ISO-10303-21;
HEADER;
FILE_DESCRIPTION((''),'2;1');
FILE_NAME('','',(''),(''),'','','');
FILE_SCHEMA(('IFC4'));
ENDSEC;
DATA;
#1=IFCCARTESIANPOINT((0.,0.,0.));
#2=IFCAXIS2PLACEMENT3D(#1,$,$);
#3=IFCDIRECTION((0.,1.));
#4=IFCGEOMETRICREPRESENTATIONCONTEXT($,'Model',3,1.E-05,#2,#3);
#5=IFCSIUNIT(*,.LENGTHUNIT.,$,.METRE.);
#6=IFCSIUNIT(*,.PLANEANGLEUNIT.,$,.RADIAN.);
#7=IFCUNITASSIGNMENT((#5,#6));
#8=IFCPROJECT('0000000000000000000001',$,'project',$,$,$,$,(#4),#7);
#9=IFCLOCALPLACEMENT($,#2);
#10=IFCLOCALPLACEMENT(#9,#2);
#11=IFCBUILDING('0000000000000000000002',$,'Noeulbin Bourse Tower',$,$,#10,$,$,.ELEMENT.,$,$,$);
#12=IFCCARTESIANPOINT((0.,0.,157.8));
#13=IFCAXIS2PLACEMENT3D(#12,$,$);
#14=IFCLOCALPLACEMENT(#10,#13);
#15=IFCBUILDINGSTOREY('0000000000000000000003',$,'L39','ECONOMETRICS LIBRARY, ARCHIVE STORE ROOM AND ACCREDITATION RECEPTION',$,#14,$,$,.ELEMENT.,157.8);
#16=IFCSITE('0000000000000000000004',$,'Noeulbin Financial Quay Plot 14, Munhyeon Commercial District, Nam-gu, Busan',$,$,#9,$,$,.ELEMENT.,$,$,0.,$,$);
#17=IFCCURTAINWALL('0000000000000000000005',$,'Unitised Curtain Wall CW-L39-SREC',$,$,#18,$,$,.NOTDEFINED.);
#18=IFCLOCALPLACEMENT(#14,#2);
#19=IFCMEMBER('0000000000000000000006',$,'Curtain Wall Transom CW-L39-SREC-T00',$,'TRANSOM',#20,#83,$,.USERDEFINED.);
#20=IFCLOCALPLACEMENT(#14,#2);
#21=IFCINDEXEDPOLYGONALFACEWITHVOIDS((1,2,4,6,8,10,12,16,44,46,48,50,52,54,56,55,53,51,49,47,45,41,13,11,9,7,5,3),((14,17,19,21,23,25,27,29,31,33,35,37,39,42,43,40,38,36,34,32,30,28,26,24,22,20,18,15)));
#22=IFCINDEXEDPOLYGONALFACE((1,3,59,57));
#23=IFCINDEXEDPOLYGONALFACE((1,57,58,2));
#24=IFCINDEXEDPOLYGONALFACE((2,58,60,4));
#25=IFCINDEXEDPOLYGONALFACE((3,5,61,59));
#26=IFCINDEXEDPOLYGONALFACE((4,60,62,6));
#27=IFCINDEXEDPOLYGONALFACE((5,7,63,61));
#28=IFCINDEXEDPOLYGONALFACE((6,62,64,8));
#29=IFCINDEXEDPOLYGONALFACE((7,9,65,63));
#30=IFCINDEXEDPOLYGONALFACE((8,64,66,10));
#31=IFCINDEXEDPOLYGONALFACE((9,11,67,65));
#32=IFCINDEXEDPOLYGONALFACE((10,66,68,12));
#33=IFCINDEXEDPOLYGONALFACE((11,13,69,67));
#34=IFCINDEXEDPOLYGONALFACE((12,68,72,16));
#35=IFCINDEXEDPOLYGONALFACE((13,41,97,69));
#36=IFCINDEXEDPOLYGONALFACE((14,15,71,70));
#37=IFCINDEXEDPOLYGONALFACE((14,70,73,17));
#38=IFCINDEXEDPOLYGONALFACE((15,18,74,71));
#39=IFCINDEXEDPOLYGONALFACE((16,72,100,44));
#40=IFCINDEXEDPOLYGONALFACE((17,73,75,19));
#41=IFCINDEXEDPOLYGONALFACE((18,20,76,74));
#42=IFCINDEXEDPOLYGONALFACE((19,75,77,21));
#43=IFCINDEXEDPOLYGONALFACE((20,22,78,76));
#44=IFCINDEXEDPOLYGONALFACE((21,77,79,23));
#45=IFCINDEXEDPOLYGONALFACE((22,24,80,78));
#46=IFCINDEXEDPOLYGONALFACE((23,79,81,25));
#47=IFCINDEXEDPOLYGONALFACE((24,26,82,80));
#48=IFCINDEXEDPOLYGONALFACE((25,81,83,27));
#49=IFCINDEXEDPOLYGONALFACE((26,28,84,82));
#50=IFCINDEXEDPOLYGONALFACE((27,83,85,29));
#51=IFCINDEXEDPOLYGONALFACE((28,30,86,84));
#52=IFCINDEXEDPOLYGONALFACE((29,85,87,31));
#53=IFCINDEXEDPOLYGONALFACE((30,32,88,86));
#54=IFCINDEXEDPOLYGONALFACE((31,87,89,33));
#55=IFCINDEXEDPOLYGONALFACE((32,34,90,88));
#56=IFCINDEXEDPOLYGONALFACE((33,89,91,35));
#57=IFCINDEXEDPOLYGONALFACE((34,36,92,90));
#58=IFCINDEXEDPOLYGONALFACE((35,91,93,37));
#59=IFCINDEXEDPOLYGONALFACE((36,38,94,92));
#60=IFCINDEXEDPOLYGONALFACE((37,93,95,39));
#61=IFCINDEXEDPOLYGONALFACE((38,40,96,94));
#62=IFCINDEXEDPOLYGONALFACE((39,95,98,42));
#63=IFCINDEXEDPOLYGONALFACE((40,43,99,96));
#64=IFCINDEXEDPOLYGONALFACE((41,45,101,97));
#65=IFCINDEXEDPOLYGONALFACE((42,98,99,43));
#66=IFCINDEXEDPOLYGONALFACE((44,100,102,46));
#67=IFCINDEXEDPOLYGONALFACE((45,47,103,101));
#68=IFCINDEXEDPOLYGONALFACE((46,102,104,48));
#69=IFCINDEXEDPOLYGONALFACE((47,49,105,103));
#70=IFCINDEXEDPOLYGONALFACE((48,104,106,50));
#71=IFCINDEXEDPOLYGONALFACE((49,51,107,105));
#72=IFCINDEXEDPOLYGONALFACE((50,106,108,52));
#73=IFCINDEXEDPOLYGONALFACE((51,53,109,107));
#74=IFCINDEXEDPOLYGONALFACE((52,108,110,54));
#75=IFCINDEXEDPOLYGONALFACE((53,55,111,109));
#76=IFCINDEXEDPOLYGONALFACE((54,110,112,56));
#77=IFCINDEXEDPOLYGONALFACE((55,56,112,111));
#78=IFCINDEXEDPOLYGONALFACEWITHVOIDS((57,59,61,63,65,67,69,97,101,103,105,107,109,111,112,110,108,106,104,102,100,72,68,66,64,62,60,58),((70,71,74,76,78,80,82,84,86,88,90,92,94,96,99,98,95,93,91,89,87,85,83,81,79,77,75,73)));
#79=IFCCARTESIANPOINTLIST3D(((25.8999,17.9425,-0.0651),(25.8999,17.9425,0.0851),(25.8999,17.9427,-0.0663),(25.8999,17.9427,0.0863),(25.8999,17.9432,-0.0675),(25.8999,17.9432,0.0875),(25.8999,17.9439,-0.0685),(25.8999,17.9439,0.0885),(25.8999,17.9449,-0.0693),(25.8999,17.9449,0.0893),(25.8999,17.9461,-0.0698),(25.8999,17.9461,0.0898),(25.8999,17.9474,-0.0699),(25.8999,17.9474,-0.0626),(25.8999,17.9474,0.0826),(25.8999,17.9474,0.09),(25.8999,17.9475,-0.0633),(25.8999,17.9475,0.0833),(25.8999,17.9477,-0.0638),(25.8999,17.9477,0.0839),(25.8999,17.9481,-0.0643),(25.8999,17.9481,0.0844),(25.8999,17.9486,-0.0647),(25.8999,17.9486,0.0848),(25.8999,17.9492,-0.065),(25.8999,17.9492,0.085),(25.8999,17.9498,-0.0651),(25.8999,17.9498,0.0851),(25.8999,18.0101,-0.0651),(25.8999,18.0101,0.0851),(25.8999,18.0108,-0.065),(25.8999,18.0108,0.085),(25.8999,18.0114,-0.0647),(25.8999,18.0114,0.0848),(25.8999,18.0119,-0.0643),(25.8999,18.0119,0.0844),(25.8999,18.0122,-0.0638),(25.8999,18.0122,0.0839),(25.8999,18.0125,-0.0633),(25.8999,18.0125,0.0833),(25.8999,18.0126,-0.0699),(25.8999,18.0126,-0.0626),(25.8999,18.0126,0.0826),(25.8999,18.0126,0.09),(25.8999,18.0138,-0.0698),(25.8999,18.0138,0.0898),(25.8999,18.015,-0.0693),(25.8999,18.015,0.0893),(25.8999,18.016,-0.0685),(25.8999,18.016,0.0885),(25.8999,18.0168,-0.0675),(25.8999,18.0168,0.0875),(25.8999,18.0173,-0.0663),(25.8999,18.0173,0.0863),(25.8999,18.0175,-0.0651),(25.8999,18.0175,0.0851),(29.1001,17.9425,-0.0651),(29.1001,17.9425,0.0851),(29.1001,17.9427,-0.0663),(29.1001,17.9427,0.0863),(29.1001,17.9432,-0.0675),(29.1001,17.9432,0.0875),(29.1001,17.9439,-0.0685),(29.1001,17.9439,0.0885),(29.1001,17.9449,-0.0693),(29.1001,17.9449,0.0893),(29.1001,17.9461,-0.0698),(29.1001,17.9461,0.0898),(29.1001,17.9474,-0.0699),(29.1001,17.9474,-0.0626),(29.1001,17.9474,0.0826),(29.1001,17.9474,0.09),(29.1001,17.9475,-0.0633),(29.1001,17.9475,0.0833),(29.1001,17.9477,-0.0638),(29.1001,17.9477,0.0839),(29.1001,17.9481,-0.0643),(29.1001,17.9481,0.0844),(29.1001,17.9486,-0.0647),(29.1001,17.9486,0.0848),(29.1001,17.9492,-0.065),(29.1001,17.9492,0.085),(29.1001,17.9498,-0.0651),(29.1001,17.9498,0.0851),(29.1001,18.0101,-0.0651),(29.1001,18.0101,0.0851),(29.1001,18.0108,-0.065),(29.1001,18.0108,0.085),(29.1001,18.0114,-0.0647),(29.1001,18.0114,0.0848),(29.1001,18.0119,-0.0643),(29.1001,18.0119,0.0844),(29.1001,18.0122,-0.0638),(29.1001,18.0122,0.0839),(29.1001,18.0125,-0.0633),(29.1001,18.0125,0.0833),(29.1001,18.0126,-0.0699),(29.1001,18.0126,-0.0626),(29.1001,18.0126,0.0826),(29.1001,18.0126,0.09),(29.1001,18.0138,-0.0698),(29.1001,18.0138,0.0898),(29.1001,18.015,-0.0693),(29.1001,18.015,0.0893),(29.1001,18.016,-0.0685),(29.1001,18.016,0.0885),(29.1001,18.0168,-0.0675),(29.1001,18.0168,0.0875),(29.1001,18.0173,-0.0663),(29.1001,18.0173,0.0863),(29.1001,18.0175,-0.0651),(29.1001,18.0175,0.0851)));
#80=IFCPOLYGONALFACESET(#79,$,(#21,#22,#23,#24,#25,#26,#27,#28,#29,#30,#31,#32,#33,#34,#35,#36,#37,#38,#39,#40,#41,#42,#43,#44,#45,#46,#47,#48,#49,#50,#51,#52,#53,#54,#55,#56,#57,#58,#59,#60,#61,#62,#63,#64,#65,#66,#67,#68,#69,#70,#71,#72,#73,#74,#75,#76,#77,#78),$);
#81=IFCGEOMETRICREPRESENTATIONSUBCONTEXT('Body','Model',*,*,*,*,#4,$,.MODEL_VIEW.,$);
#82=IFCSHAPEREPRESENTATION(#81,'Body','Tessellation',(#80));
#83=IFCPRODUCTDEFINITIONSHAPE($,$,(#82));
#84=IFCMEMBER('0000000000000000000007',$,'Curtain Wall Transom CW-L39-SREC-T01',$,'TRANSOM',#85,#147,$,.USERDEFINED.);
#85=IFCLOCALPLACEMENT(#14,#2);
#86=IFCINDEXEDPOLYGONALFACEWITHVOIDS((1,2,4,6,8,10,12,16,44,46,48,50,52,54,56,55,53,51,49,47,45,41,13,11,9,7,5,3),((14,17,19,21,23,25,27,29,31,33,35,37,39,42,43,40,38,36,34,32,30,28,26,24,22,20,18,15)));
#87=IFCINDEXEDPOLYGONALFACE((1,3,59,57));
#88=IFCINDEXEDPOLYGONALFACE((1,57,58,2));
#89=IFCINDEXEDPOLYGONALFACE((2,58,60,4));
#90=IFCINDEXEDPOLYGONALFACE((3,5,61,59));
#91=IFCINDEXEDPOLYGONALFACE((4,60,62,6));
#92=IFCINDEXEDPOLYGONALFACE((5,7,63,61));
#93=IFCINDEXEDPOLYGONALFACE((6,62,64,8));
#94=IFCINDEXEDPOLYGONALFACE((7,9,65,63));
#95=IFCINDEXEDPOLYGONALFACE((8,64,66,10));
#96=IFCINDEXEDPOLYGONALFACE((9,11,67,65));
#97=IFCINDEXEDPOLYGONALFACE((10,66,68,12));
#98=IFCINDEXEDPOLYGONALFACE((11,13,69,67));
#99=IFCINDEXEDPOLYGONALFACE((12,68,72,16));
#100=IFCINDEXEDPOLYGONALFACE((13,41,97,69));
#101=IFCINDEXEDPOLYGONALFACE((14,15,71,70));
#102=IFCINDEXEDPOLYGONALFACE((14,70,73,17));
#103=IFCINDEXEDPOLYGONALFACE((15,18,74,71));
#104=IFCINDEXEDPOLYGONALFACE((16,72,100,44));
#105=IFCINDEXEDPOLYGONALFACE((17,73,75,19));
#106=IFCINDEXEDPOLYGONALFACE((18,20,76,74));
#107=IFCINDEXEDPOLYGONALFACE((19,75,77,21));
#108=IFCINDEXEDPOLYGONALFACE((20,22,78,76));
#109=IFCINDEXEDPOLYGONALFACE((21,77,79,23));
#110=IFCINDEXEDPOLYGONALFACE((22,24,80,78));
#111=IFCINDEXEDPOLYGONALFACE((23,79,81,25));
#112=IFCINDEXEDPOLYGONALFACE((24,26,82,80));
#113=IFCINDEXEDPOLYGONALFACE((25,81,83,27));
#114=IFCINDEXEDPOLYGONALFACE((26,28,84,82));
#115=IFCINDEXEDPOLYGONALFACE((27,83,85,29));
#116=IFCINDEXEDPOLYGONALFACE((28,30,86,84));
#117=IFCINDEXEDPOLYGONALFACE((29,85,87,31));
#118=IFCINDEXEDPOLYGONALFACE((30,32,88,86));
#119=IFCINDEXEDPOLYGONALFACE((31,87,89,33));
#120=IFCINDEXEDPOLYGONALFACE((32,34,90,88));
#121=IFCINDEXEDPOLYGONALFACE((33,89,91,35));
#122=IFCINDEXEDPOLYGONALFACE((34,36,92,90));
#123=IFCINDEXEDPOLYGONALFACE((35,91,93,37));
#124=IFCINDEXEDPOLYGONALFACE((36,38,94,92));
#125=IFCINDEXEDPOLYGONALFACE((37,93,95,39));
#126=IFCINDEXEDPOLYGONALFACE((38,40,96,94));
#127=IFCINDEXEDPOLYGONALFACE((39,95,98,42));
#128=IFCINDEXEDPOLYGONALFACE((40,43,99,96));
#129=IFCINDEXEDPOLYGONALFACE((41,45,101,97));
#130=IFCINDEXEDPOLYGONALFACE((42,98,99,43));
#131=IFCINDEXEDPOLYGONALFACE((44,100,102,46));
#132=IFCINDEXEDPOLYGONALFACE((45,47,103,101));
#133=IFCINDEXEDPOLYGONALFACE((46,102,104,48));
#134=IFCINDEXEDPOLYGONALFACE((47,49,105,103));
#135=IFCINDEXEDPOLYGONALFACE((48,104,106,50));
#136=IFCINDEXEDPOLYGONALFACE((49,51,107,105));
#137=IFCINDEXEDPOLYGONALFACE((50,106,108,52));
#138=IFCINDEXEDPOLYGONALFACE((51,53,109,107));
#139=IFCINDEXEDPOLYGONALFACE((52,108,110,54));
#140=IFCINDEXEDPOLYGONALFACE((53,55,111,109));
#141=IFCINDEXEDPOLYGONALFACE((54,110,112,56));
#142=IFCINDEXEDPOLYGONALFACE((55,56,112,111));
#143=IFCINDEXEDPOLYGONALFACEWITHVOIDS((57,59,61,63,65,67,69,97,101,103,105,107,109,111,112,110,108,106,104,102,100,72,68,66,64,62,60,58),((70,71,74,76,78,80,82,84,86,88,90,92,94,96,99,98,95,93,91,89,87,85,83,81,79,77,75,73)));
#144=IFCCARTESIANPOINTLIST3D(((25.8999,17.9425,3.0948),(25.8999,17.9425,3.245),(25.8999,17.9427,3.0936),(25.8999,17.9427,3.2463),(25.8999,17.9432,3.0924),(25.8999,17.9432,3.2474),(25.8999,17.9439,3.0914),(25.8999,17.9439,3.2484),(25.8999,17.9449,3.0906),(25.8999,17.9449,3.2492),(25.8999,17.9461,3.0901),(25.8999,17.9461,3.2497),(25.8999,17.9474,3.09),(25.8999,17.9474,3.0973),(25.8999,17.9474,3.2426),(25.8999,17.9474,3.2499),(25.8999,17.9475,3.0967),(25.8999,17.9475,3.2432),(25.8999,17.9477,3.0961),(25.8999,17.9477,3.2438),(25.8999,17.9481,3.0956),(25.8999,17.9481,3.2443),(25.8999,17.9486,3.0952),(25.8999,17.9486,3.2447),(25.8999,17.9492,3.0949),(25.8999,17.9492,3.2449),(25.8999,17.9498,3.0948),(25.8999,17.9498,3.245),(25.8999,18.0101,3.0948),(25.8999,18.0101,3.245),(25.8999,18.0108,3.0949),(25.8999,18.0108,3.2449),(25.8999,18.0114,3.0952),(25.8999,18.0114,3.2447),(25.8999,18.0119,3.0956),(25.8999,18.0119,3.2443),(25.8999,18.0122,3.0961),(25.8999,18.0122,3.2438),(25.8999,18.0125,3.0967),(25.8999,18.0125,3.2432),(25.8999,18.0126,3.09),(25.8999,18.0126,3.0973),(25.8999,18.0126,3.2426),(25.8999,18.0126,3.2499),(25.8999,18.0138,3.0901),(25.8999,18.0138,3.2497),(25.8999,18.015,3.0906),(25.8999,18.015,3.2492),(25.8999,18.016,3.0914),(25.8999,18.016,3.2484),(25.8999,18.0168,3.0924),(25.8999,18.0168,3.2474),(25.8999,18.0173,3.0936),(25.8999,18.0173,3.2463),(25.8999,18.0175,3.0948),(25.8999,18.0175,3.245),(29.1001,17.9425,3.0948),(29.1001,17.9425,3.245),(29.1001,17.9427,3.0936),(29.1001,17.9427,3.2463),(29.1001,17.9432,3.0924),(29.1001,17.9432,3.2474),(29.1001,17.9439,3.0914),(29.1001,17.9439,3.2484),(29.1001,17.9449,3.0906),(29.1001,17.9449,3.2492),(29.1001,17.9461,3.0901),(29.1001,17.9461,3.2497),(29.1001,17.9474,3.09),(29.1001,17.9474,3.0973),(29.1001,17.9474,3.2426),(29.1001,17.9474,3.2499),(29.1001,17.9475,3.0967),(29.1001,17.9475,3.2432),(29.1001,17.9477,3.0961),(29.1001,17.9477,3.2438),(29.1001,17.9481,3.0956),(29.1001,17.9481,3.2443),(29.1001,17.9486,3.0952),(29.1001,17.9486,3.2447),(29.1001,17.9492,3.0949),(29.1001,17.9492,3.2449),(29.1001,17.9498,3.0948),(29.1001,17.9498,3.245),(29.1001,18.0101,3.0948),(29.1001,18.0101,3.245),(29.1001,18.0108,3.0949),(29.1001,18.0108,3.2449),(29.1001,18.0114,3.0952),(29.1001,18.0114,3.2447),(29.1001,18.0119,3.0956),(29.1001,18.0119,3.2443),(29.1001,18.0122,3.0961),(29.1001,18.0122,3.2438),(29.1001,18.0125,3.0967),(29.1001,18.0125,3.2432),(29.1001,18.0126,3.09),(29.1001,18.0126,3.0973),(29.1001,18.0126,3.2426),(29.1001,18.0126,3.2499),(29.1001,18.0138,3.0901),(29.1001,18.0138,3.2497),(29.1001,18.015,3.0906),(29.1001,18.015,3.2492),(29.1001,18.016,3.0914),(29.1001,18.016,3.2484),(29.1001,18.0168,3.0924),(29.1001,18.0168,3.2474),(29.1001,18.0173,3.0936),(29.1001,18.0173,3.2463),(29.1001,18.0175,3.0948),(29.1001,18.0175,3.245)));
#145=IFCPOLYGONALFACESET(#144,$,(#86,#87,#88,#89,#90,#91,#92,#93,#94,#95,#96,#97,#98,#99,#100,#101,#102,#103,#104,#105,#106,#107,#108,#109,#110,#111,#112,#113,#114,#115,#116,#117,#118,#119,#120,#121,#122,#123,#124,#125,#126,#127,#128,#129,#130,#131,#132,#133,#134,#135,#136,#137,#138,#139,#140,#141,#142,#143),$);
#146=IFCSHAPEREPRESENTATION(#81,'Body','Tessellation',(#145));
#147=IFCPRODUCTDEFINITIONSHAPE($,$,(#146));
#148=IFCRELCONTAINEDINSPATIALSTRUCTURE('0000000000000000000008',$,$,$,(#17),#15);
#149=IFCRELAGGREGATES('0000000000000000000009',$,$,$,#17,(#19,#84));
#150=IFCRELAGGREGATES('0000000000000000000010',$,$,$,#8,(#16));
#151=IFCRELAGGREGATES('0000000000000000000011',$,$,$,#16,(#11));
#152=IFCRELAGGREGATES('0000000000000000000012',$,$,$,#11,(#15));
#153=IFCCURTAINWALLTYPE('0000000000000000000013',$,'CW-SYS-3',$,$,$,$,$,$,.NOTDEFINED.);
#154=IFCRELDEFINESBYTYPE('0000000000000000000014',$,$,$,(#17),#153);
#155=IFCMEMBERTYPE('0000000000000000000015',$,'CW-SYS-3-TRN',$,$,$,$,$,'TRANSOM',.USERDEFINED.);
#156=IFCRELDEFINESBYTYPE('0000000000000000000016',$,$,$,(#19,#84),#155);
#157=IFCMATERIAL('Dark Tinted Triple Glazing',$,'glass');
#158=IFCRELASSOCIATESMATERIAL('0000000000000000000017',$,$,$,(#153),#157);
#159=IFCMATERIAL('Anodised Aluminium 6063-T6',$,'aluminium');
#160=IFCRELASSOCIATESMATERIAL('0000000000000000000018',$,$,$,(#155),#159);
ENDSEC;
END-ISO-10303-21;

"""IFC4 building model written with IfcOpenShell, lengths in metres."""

from ifc_helpers import new_model, si_unit, direction, frame, origin, origin_2d, place, context, subcontext, project, spatial, hollow_rectangle, extrude, material, material_profile, profile_set, type_object, element, aggregate, save


model = new_model("IFC4")

# Units and contexts
model_context = context("Model", 3, precision=1e-05, world=origin(), true_north=direction((0.0, 1.0)))
body_context = subcontext(model_context, "Body", "Model", "MODEL_VIEW")
ifc_project = project(units=[si_unit("LENGTHUNIT", "METRE"), si_unit("PLANEANGLEUNIT", "RADIAN")], contexts=[model_context])

# Site, building, storey
site_placement = place(None, origin())
site = spatial("IfcSite", under=ifc_project, at=site_placement, Name="Noeulbin Financial Quay Plot 14, Munhyeon Commercial District, Nam-gu, Busan", CompositionType="ELEMENT", RefElevation=0.0)
building_placement = place(site_placement, origin())
building = spatial("IfcBuilding", under=site, at=building_placement, Name="Noeulbin Bourse Tower", CompositionType="ELEMENT")
storey_placement = place(building_placement, frame((0.0, 0.0, 157.8)))
storey = spatial("IfcBuildingStorey", under=building, at=storey_placement, Name="L39", Description="ECONOMETRICS LIBRARY, ARCHIVE STORE ROOM AND ACCREDITATION RECEPTION", CompositionType="ELEMENT", Elevation=157.8)

# Curtain wall
ifc_material_1 = material(Name="Dark Tinted Triple Glazing", Category="glass")
curtain_wall_type = type_object("IfcCurtainWallType", Name="CW-SYS-3", PredefinedType="NOTDEFINED", material=ifc_material_1)
curtain_wall_1_placement = place(storey_placement, origin())
curtain_wall_1 = element("IfcCurtainWall", 1, at=curtain_wall_1_placement, inside=storey, type_object=curtain_wall_type, Name="Unitised Curtain Wall CW-L39-SREC", PredefinedType="NOTDEFINED")
ifc_material_2 = material(Name="Anodised Aluminium 6063-T6", Category="aluminium")

# Members
ifc_material_profile_1 = material_profile(ifc_material_2, hollow_rectangle(XDim=0.075, YDim=0.1599, WallThickness=0.0049, InnerFilletRadius=0.0024, OuterFilletRadius=0.0049, at=origin_2d()), Name="ALU-TRAN-75x160x5", Category="LoadBearing")
ifc_profile_set_1 = profile_set([ifc_material_profile_1], Name="Anodised Aluminium 6063-T6")
member_type_1 = type_object("IfcMemberType", Name="CW-SYS-3-TRN", ElementType="TRANSOM", PredefinedType="USERDEFINED", material=ifc_profile_set_1)
member_1_placement = place(storey_placement, frame((25.8999, 17.98, 0.01), z_axis=(1.0, 0.0, 0.0), x_axis=(0.0, 1.0, 0.0)))
member_1 = element("IfcMember", 2, at=member_1_placement, type_object=member_type_1, Name="Curtain Wall Transom CW-L39-SREC-T00", ObjectType="TRANSOM", PredefinedType="USERDEFINED", context=body_context, shape_type="SweptSolid", body=[
    extrude(hollow_rectangle(XDim=0.075, YDim=0.1599, WallThickness=0.0049, InnerFilletRadius=0.0024, OuterFilletRadius=0.0049, at=origin_2d()), origin(), (0.0, 0.0, 1.0), 3.2002),
])
member_2_placement = place(storey_placement, frame((25.8999, 17.98, 3.1699), z_axis=(1.0, 0.0, 0.0), x_axis=(0.0, 1.0, 0.0)))
member_2 = element("IfcMember", 3, at=member_2_placement, type_object=member_type_1, Name="Curtain Wall Transom CW-L39-SREC-T01", ObjectType="TRANSOM", PredefinedType="USERDEFINED", context=body_context, shape_type="SweptSolid", body=[
    extrude(hollow_rectangle(XDim=0.075, YDim=0.1599, WallThickness=0.0049, InnerFilletRadius=0.0024, OuterFilletRadius=0.0049, at=origin_2d()), origin(), (0.0, 0.0, 1.0), 3.2002),
])

aggregate(curtain_wall_1, [member_1, member_2])

save(model, "model.ifc")
